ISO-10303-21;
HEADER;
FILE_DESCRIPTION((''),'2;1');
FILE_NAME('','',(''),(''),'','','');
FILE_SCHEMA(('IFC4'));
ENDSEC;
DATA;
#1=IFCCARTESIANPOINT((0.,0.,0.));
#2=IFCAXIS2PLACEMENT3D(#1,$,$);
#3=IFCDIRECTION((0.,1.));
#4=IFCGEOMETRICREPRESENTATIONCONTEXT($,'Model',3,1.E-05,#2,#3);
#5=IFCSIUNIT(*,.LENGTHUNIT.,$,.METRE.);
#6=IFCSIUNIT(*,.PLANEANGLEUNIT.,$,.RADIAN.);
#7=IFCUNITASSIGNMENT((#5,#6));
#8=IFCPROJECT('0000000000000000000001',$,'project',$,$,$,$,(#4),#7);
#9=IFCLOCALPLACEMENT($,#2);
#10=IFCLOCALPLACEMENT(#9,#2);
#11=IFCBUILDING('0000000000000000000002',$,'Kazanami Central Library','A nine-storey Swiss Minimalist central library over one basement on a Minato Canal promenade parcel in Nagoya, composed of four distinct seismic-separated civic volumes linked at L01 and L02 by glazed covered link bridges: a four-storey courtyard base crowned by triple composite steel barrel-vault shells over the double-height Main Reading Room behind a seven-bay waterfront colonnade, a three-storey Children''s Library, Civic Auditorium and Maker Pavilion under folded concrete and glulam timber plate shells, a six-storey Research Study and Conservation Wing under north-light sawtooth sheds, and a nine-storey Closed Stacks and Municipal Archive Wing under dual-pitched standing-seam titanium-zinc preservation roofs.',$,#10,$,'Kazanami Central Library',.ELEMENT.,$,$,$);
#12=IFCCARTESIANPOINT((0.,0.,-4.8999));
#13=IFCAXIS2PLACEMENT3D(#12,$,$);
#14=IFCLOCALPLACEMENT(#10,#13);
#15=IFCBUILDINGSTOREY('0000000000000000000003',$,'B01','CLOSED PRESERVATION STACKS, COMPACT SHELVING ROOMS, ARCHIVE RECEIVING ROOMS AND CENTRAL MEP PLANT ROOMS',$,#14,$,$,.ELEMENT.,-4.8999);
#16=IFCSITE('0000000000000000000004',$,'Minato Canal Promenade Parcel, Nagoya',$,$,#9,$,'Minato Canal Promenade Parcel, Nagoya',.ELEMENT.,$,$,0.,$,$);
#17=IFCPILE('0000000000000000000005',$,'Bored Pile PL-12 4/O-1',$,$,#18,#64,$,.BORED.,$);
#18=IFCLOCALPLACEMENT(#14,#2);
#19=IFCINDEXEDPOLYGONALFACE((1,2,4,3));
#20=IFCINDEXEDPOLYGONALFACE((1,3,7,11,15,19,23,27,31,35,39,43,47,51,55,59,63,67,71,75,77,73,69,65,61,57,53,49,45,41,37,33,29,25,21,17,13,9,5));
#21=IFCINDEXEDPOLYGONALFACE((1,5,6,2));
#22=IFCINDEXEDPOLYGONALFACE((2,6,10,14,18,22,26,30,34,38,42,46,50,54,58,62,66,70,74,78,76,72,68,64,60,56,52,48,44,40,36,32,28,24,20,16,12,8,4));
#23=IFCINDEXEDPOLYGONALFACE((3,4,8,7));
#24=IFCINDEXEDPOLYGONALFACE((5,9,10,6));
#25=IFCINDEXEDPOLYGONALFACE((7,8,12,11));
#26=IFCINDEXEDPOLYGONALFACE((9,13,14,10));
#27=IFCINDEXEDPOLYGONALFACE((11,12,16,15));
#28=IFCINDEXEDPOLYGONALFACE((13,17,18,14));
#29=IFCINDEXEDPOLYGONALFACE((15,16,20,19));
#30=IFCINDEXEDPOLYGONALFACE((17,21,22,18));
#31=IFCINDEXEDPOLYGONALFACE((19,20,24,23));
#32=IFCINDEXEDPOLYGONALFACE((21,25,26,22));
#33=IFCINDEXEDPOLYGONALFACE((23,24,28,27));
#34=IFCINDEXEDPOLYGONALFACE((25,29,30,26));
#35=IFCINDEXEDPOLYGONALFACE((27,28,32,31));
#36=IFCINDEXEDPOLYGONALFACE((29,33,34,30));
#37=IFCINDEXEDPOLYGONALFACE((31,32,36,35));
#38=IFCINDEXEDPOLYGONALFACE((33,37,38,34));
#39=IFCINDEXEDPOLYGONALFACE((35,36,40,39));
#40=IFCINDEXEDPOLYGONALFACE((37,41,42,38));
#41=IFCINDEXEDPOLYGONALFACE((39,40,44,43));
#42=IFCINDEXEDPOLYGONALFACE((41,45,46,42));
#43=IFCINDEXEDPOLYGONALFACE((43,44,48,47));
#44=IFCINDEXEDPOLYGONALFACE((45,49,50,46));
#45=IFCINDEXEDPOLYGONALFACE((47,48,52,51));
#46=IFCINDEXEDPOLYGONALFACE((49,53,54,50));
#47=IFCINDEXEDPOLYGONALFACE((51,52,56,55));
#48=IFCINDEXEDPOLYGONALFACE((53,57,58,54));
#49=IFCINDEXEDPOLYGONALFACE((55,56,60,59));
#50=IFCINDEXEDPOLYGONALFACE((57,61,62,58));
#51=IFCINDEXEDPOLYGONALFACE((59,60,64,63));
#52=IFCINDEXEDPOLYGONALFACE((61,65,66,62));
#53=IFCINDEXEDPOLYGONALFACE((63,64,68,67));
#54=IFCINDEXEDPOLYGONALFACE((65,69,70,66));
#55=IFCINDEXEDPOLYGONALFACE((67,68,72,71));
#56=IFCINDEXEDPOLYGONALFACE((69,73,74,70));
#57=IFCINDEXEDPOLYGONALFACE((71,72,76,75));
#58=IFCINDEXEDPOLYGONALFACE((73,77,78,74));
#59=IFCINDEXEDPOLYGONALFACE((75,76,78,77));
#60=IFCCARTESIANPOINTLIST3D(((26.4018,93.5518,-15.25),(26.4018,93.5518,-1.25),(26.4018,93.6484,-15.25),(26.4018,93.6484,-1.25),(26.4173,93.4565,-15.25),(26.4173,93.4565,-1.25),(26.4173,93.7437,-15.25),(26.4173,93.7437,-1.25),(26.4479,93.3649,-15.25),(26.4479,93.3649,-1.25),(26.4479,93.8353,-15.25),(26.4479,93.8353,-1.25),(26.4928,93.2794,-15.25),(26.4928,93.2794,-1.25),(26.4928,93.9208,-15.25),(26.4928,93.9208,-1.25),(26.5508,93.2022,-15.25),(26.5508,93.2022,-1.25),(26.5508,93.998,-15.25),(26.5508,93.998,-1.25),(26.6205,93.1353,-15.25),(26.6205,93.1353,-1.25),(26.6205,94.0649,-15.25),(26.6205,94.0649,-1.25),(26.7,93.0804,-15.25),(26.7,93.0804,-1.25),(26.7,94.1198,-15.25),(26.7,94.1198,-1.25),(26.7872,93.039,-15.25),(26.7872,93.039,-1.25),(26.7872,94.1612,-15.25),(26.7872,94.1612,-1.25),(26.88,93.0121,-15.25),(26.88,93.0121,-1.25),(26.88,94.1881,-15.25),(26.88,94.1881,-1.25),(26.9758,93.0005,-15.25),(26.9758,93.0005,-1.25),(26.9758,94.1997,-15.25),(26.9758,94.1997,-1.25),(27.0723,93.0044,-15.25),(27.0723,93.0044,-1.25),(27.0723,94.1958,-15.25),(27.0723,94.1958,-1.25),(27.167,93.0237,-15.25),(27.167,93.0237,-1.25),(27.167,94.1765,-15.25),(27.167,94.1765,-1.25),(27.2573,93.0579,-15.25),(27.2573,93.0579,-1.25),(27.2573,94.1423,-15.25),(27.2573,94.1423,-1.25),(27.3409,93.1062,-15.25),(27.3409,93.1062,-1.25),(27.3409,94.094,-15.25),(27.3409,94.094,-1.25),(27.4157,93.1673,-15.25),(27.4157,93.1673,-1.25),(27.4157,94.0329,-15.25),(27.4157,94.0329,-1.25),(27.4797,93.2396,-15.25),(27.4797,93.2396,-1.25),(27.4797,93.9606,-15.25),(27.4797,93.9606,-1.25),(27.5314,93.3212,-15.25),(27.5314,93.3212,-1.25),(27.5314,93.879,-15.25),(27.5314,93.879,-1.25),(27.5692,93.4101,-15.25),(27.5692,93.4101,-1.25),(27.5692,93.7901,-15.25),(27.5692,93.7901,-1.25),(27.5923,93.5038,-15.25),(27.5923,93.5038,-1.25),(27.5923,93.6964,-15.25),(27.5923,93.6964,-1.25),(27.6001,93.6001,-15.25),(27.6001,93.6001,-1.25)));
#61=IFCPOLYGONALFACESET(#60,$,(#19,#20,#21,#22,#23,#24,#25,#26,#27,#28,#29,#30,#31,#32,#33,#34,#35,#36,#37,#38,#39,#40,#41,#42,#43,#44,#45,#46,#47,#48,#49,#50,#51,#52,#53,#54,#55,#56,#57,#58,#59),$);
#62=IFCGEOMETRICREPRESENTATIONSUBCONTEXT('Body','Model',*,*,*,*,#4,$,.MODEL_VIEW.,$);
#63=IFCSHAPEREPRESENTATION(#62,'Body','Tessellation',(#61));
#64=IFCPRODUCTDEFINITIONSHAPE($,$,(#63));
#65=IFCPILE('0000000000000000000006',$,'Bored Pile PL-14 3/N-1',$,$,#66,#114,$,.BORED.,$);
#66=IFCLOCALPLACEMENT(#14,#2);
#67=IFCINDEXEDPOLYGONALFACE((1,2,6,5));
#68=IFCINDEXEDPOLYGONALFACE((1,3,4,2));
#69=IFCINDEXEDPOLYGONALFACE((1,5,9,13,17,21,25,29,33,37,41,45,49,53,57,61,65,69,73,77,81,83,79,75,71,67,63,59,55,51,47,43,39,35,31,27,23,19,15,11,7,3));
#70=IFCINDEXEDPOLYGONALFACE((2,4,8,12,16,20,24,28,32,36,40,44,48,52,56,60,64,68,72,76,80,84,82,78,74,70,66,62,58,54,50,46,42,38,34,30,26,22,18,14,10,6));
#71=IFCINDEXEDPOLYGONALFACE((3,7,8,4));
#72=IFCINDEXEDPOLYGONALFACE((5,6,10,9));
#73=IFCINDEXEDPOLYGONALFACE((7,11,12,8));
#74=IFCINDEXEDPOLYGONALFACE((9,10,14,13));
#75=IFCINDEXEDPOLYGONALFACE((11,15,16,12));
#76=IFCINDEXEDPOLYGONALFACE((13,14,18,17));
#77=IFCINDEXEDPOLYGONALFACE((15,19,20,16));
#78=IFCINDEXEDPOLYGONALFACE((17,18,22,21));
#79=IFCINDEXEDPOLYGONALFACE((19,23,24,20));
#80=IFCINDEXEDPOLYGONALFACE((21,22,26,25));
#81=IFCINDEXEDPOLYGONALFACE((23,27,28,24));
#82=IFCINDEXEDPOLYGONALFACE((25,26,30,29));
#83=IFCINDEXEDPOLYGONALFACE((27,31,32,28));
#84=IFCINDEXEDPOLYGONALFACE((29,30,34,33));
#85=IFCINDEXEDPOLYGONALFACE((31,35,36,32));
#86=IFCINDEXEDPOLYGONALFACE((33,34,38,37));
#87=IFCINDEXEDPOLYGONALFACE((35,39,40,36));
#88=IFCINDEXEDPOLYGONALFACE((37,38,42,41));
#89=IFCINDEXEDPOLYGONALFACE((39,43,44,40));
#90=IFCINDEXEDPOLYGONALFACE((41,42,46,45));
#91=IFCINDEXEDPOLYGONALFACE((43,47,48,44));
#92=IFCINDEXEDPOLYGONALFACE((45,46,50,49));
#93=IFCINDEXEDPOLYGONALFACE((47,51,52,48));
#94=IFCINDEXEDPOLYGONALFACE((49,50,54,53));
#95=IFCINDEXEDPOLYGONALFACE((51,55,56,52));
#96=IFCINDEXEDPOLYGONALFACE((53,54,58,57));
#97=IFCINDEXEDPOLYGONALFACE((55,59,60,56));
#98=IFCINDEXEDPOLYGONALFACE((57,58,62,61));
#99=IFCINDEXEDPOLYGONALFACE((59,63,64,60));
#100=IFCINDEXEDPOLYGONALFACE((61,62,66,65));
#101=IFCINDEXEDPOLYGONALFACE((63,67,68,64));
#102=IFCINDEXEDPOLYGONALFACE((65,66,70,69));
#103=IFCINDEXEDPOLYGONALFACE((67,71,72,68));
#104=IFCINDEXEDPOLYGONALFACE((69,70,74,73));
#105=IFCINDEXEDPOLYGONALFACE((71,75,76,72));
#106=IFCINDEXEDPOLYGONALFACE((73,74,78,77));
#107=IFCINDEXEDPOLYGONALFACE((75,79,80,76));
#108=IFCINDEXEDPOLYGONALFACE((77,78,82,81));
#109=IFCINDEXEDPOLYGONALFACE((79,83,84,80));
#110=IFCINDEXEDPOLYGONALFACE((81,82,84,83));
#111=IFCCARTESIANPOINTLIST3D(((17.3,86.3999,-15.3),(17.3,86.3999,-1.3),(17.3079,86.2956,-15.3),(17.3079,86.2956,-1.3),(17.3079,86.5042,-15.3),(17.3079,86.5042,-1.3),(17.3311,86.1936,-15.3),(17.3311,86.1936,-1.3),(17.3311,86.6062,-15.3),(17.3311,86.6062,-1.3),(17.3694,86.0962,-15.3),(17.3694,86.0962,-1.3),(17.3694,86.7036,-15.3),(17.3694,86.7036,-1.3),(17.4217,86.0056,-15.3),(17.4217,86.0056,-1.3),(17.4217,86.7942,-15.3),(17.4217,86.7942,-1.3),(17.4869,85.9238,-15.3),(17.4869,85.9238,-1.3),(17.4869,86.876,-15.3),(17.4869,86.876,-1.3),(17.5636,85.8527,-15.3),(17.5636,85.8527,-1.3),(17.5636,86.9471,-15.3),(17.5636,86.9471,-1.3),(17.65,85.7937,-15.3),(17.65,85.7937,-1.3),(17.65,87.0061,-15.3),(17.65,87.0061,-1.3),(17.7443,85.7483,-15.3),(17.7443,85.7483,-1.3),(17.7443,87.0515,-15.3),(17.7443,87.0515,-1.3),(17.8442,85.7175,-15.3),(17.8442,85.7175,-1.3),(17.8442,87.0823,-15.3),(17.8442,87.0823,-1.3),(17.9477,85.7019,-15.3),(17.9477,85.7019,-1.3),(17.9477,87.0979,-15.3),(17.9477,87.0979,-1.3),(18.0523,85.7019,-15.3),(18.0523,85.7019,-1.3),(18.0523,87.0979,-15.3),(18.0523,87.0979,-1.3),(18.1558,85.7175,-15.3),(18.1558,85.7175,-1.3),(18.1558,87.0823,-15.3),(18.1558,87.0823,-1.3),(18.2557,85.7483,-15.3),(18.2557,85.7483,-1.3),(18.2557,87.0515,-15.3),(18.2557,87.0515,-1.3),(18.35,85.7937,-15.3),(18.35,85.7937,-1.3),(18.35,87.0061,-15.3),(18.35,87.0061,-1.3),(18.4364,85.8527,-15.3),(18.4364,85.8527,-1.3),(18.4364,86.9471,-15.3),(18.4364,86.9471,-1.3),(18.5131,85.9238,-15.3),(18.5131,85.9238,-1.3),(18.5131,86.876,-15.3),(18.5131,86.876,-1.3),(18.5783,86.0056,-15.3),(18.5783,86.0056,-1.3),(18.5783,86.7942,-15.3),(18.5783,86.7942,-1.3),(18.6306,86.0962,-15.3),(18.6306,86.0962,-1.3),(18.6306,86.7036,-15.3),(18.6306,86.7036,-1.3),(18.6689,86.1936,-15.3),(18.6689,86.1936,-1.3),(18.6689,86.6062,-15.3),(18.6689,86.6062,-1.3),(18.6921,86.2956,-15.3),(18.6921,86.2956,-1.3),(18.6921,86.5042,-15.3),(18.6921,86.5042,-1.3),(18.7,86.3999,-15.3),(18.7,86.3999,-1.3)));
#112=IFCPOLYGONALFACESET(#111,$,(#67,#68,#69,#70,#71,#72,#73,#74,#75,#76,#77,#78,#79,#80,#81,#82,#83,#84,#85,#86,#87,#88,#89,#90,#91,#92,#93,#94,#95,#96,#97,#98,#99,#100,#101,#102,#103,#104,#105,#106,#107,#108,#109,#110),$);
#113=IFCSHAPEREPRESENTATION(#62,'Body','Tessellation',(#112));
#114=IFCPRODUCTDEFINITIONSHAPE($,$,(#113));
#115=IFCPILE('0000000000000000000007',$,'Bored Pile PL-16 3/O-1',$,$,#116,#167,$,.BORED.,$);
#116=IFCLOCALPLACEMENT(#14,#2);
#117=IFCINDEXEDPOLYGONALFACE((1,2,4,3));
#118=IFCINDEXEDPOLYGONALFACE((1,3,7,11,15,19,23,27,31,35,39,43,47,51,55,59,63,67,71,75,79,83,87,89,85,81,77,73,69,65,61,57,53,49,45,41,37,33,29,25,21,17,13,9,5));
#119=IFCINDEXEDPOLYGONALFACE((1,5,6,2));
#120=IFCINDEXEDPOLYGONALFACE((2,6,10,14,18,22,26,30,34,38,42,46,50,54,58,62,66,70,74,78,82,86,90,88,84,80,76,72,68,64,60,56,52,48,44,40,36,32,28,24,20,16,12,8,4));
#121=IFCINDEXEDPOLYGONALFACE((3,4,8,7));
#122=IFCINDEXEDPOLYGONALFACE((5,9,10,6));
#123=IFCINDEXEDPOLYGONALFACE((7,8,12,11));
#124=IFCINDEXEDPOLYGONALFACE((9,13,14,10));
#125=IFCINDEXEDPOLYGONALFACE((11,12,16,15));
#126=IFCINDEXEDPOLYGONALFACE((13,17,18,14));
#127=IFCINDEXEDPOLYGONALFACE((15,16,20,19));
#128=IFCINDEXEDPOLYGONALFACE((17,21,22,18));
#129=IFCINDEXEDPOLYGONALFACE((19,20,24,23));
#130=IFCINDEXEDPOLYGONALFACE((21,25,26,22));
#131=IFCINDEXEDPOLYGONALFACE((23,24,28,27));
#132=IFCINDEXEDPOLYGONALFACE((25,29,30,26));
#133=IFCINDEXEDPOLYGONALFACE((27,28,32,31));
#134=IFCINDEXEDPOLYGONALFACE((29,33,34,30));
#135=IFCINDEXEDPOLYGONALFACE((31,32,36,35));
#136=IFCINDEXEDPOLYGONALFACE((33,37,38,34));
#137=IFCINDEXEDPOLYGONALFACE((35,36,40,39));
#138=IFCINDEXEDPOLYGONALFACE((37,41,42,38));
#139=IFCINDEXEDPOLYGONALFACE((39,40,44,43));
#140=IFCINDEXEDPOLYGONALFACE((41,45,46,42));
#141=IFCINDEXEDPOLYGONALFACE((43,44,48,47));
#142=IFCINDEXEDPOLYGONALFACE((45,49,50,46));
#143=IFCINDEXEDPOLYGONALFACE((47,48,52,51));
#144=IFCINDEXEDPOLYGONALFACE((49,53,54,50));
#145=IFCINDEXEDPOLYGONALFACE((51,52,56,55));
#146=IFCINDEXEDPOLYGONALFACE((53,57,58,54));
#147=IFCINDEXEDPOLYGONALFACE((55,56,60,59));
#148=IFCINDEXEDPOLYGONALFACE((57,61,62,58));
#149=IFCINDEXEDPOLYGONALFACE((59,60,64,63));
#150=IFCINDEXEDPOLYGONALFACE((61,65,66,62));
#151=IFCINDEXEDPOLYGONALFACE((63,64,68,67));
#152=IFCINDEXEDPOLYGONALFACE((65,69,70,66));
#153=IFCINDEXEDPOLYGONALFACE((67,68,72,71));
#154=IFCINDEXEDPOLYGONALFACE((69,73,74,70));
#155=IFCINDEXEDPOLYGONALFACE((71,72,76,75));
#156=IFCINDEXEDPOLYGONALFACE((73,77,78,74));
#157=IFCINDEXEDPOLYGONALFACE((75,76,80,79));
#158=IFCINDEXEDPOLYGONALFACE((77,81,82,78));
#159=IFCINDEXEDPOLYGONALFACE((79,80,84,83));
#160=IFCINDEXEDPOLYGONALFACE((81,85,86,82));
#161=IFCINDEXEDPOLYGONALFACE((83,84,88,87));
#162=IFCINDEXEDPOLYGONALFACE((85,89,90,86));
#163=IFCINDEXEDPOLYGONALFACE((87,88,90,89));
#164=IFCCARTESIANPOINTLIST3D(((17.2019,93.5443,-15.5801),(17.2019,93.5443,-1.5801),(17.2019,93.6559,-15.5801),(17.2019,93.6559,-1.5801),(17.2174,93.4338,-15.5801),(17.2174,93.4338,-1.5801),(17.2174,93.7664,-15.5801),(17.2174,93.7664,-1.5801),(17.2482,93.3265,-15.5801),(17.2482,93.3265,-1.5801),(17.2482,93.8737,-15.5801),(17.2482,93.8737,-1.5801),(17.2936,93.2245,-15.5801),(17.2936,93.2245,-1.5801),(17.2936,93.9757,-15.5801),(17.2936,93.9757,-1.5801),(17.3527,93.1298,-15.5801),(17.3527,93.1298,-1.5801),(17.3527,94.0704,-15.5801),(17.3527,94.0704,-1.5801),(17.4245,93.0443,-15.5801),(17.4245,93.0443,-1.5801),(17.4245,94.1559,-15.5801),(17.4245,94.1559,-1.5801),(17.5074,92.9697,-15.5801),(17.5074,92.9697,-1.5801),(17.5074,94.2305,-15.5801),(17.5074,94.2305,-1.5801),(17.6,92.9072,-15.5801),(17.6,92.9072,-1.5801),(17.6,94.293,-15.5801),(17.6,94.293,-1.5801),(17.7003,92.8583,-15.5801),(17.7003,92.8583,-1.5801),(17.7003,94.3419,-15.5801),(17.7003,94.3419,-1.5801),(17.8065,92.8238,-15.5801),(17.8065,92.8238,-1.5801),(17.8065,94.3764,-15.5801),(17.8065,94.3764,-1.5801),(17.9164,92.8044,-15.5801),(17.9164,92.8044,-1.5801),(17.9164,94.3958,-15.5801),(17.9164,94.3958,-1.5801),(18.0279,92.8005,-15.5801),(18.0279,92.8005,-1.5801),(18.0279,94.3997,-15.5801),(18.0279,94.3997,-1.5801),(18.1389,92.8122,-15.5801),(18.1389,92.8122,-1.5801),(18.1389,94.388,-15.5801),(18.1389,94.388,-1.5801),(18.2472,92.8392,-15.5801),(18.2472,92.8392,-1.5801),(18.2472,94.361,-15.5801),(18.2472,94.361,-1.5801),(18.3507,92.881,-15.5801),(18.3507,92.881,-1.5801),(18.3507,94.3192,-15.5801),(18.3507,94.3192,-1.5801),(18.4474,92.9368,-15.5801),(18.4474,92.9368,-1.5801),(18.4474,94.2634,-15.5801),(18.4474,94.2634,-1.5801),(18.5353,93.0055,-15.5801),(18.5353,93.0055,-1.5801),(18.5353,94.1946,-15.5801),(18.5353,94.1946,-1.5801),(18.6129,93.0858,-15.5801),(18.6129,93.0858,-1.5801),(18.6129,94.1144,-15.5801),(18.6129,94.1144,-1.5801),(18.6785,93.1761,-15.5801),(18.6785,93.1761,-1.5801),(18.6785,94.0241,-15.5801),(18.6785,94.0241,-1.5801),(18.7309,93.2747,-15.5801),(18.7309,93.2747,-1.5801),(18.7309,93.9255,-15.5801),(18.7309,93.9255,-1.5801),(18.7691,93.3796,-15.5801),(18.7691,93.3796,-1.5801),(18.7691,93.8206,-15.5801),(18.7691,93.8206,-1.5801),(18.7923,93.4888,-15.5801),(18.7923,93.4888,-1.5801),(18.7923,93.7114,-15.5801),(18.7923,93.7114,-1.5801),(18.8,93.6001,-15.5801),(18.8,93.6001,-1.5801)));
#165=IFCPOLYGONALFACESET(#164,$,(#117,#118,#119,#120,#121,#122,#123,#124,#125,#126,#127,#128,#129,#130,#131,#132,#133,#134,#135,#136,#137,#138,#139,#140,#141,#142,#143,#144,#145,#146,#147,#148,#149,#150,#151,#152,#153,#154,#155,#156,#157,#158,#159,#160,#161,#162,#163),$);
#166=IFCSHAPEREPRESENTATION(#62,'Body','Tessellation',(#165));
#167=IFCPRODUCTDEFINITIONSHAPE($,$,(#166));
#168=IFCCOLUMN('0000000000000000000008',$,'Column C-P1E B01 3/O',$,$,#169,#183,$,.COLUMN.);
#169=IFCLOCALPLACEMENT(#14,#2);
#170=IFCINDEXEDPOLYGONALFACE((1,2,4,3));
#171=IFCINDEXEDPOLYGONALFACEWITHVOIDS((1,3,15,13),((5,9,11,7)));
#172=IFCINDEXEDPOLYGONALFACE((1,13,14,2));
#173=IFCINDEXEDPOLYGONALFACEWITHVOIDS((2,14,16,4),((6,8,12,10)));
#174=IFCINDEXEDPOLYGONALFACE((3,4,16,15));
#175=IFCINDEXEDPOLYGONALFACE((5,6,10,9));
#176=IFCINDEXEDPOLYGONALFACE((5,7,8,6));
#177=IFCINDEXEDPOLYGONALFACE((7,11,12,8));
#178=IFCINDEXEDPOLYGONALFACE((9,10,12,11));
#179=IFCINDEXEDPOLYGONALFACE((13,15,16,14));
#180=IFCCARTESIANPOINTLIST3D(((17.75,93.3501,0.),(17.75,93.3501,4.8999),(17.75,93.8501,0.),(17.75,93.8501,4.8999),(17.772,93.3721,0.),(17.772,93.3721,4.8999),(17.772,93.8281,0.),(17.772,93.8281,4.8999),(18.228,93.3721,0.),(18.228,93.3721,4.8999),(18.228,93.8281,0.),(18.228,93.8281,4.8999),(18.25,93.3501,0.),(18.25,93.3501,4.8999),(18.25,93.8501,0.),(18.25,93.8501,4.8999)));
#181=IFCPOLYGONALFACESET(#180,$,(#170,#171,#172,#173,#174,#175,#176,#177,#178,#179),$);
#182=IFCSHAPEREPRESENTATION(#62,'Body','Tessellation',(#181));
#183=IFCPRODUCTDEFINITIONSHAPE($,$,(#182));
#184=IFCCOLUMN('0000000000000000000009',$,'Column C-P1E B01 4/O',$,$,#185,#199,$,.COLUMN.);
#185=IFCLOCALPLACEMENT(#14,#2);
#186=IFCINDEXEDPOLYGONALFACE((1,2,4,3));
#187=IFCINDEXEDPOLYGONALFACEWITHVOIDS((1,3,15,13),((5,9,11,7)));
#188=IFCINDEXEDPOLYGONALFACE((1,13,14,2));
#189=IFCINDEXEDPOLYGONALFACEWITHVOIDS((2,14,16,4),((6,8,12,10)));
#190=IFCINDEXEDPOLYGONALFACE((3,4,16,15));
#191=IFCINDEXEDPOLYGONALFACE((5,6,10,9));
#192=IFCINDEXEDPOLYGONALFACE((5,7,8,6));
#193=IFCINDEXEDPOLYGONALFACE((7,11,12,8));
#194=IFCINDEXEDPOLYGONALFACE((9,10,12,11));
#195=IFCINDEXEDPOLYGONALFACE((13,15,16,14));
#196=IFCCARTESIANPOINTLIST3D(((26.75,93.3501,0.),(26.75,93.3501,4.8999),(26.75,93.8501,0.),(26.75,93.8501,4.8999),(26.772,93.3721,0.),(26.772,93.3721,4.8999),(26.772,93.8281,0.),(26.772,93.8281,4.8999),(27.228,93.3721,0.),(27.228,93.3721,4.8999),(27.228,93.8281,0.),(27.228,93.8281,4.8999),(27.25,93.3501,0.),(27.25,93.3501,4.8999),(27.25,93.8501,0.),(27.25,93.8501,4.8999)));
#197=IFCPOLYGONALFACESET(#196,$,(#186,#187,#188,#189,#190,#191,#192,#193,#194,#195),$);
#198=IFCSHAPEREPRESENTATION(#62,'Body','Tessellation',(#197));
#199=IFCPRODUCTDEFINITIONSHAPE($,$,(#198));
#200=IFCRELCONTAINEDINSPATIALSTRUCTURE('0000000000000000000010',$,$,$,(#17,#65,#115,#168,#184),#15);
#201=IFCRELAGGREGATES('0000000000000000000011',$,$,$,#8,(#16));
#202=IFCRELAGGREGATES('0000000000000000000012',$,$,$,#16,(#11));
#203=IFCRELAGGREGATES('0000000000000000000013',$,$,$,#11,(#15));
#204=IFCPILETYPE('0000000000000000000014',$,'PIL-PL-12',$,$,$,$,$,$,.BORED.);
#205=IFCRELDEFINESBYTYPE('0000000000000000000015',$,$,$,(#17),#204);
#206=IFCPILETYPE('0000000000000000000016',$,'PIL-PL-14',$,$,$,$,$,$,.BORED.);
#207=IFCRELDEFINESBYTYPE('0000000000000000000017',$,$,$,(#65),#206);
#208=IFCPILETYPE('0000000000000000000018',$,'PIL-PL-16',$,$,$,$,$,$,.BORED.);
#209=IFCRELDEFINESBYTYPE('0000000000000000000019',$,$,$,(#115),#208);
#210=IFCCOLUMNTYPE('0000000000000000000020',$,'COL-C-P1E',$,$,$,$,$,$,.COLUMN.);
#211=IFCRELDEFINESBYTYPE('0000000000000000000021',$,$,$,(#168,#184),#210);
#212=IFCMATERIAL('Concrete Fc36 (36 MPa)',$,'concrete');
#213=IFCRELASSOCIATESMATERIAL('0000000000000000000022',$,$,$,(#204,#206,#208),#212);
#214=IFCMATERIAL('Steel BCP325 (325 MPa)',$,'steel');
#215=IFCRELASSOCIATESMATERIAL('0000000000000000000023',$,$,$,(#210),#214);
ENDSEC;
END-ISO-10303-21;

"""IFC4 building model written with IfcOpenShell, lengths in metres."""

from ifc_helpers import new_model, si_unit, direction, frame, origin, origin_2d, place, context, subcontext, project, spatial, hollow_rectangle, circle, extrude, material, material_profile, profile_set, type_object, element, save


model = new_model("IFC4")

# Units and contexts
model_context = context("Model", 3, precision=1e-05, world=origin(), true_north=direction((0.0, 1.0)))
body_context = subcontext(model_context, "Body", "Model", "MODEL_VIEW")
ifc_project = project(units=[si_unit("LENGTHUNIT", "METRE"), si_unit("PLANEANGLEUNIT", "RADIAN")], contexts=[model_context])

# Site, building, storey
site_placement = place(None, origin())
site = spatial("IfcSite", under=ifc_project, at=site_placement, Name="Minato Canal Promenade Parcel, Nagoya", LongName="Minato Canal Promenade Parcel, Nagoya", CompositionType="ELEMENT", RefElevation=0.0)
building_placement = place(site_placement, origin())
building = spatial("IfcBuilding", under=site, at=building_placement, Name="Kazanami Central Library", Description="A nine-storey Swiss Minimalist central library over one basement on a Minato Canal promenade parcel in Nagoya, composed of four distinct seismic-separated civic volumes linked at L01 and L02 by glazed covered link bridges: a four-storey courtyard base crowned by triple composite steel barrel-vault shells over the double-height Main Reading Room behind a seven-bay waterfront colonnade, a three-storey Children's Library, Civic Auditorium and Maker Pavilion under folded concrete and glulam timber plate shells, a six-storey Research Study and Conservation Wing under north-light sawtooth sheds, and a nine-storey Closed Stacks and Municipal Archive Wing under dual-pitched standing-seam titanium-zinc preservation roofs.", LongName="Kazanami Central Library", CompositionType="ELEMENT")
storey_placement = place(building_placement, frame((0.0, 0.0, -4.8999)))
storey = spatial("IfcBuildingStorey", under=building, at=storey_placement, Name="B01", Description="CLOSED PRESERVATION STACKS, COMPACT SHELVING ROOMS, ARCHIVE RECEIVING ROOMS AND CENTRAL MEP PLANT ROOMS", CompositionType="ELEMENT", Elevation=-4.8999)

# Shared definitions
ifc_material_1 = material(Name="Concrete Fc36 (36 MPa)", Category="concrete")

# Piles
ifc_material_profile_1 = material_profile(ifc_material_1, circle(Radius=0.6001, at=origin_2d()), Name="BORED-D1200")
ifc_profile_set_1 = profile_set([ifc_material_profile_1], Name="Concrete Fc36 (36 MPa)")
pile_type_1 = type_object("IfcPileType", Name="PIL-PL-12", PredefinedType="BORED", material=ifc_profile_set_1)
for number, where, z_axis, x_axis, name in (
    (1, (27.0, 93.6001, -1.25), (0.0, 0.0, -1.0), (1.0, 0.0, 0.0), "Bored Pile PL-12 4/O-1"),
):
    element("IfcPile", number, at=place(storey_placement, frame(where, z_axis=z_axis, x_axis=x_axis)), inside=storey, type_object=pile_type_1, Name=name, PredefinedType="BORED", context=body_context, shape_type="SweptSolid", body=[
        extrude(circle(Radius=0.6001, at=origin_2d()), origin(), (0.0, 0.0, 1.0), 14.0),
    ])
ifc_material_profile_2 = material_profile(ifc_material_1, circle(Radius=0.7, at=origin_2d()), Name="BORED-D1400")
ifc_profile_set_2 = profile_set([ifc_material_profile_2], Name="Concrete Fc36 (36 MPa)")
pile_type_2 = type_object("IfcPileType", Name="PIL-PL-14", PredefinedType="BORED", material=ifc_profile_set_2)
pile_1_placement = place(storey_placement, frame((18.0, 86.3999, -1.3), z_axis=(0.0, 0.0, -1.0), x_axis=(1.0, 0.0, 0.0)))
element("IfcPile", 2, at=pile_1_placement, inside=storey, type_object=pile_type_2, Name="Bored Pile PL-14 3/N-1", PredefinedType="BORED", context=body_context, shape_type="SweptSolid", body=[
    extrude(circle(Radius=0.7, at=origin_2d()), origin(), (0.0, 0.0, 1.0), 14.0),
])
ifc_material_profile_3 = material_profile(ifc_material_1, circle(Radius=0.8, at=origin_2d()), Name="BORED-D1600")
ifc_profile_set_3 = profile_set([ifc_material_profile_3], Name="Concrete Fc36 (36 MPa)")
pile_type_3 = type_object("IfcPileType", Name="PIL-PL-16", PredefinedType="BORED", material=ifc_profile_set_3)
pile_2_placement = place(storey_placement, frame((18.0, 93.6001, -1.5801), z_axis=(0.0, 0.0, -1.0), x_axis=(1.0, 0.0, 0.0)))
element("IfcPile", 3, at=pile_2_placement, inside=storey, type_object=pile_type_3, Name="Bored Pile PL-16 3/O-1", PredefinedType="BORED", context=body_context, shape_type="SweptSolid", body=[
    extrude(circle(Radius=0.8, at=origin_2d()), origin(), (0.0, 0.0, 1.0), 14.0),
])

# Columns
ifc_material_2 = material(Name="Steel BCP325 (325 MPa)", Category="steel")
ifc_material_profile_4 = material_profile(ifc_material_2, hollow_rectangle(XDim=0.5, YDim=0.5, WallThickness=0.022, at=origin_2d()), Name="BCP-500x500x22")
ifc_profile_set_4 = profile_set([ifc_material_profile_4], Name="Steel BCP325 (325 MPa)")
column_type_1 = type_object("IfcColumnType", Name="COL-C-P1E", PredefinedType="COLUMN", material=ifc_profile_set_4)
for number, where, z_axis, x_axis, name in (
    (4, (18.0, 93.6001, 0.0), (0.0, 0.0, 1.0), (1.0, 0.0, 0.0), "Column C-P1E B01 3/O"),
    (5, (27.0, 93.6001, 0.0), (0.0, 0.0, 1.0), (1.0, 0.0, 0.0), "Column C-P1E B01 4/O"),
):
    element("IfcColumn", number, at=place(storey_placement, frame(where, z_axis=z_axis, x_axis=x_axis)), inside=storey, type_object=column_type_1, Name=name, PredefinedType="COLUMN", context=body_context, shape_type="SweptSolid", body=[
        extrude(hollow_rectangle(XDim=0.5, YDim=0.5, WallThickness=0.022, at=origin_2d()), origin(), (0.0, 0.0, 1.0), 4.8999),
    ])

save(model, "model.ifc")
